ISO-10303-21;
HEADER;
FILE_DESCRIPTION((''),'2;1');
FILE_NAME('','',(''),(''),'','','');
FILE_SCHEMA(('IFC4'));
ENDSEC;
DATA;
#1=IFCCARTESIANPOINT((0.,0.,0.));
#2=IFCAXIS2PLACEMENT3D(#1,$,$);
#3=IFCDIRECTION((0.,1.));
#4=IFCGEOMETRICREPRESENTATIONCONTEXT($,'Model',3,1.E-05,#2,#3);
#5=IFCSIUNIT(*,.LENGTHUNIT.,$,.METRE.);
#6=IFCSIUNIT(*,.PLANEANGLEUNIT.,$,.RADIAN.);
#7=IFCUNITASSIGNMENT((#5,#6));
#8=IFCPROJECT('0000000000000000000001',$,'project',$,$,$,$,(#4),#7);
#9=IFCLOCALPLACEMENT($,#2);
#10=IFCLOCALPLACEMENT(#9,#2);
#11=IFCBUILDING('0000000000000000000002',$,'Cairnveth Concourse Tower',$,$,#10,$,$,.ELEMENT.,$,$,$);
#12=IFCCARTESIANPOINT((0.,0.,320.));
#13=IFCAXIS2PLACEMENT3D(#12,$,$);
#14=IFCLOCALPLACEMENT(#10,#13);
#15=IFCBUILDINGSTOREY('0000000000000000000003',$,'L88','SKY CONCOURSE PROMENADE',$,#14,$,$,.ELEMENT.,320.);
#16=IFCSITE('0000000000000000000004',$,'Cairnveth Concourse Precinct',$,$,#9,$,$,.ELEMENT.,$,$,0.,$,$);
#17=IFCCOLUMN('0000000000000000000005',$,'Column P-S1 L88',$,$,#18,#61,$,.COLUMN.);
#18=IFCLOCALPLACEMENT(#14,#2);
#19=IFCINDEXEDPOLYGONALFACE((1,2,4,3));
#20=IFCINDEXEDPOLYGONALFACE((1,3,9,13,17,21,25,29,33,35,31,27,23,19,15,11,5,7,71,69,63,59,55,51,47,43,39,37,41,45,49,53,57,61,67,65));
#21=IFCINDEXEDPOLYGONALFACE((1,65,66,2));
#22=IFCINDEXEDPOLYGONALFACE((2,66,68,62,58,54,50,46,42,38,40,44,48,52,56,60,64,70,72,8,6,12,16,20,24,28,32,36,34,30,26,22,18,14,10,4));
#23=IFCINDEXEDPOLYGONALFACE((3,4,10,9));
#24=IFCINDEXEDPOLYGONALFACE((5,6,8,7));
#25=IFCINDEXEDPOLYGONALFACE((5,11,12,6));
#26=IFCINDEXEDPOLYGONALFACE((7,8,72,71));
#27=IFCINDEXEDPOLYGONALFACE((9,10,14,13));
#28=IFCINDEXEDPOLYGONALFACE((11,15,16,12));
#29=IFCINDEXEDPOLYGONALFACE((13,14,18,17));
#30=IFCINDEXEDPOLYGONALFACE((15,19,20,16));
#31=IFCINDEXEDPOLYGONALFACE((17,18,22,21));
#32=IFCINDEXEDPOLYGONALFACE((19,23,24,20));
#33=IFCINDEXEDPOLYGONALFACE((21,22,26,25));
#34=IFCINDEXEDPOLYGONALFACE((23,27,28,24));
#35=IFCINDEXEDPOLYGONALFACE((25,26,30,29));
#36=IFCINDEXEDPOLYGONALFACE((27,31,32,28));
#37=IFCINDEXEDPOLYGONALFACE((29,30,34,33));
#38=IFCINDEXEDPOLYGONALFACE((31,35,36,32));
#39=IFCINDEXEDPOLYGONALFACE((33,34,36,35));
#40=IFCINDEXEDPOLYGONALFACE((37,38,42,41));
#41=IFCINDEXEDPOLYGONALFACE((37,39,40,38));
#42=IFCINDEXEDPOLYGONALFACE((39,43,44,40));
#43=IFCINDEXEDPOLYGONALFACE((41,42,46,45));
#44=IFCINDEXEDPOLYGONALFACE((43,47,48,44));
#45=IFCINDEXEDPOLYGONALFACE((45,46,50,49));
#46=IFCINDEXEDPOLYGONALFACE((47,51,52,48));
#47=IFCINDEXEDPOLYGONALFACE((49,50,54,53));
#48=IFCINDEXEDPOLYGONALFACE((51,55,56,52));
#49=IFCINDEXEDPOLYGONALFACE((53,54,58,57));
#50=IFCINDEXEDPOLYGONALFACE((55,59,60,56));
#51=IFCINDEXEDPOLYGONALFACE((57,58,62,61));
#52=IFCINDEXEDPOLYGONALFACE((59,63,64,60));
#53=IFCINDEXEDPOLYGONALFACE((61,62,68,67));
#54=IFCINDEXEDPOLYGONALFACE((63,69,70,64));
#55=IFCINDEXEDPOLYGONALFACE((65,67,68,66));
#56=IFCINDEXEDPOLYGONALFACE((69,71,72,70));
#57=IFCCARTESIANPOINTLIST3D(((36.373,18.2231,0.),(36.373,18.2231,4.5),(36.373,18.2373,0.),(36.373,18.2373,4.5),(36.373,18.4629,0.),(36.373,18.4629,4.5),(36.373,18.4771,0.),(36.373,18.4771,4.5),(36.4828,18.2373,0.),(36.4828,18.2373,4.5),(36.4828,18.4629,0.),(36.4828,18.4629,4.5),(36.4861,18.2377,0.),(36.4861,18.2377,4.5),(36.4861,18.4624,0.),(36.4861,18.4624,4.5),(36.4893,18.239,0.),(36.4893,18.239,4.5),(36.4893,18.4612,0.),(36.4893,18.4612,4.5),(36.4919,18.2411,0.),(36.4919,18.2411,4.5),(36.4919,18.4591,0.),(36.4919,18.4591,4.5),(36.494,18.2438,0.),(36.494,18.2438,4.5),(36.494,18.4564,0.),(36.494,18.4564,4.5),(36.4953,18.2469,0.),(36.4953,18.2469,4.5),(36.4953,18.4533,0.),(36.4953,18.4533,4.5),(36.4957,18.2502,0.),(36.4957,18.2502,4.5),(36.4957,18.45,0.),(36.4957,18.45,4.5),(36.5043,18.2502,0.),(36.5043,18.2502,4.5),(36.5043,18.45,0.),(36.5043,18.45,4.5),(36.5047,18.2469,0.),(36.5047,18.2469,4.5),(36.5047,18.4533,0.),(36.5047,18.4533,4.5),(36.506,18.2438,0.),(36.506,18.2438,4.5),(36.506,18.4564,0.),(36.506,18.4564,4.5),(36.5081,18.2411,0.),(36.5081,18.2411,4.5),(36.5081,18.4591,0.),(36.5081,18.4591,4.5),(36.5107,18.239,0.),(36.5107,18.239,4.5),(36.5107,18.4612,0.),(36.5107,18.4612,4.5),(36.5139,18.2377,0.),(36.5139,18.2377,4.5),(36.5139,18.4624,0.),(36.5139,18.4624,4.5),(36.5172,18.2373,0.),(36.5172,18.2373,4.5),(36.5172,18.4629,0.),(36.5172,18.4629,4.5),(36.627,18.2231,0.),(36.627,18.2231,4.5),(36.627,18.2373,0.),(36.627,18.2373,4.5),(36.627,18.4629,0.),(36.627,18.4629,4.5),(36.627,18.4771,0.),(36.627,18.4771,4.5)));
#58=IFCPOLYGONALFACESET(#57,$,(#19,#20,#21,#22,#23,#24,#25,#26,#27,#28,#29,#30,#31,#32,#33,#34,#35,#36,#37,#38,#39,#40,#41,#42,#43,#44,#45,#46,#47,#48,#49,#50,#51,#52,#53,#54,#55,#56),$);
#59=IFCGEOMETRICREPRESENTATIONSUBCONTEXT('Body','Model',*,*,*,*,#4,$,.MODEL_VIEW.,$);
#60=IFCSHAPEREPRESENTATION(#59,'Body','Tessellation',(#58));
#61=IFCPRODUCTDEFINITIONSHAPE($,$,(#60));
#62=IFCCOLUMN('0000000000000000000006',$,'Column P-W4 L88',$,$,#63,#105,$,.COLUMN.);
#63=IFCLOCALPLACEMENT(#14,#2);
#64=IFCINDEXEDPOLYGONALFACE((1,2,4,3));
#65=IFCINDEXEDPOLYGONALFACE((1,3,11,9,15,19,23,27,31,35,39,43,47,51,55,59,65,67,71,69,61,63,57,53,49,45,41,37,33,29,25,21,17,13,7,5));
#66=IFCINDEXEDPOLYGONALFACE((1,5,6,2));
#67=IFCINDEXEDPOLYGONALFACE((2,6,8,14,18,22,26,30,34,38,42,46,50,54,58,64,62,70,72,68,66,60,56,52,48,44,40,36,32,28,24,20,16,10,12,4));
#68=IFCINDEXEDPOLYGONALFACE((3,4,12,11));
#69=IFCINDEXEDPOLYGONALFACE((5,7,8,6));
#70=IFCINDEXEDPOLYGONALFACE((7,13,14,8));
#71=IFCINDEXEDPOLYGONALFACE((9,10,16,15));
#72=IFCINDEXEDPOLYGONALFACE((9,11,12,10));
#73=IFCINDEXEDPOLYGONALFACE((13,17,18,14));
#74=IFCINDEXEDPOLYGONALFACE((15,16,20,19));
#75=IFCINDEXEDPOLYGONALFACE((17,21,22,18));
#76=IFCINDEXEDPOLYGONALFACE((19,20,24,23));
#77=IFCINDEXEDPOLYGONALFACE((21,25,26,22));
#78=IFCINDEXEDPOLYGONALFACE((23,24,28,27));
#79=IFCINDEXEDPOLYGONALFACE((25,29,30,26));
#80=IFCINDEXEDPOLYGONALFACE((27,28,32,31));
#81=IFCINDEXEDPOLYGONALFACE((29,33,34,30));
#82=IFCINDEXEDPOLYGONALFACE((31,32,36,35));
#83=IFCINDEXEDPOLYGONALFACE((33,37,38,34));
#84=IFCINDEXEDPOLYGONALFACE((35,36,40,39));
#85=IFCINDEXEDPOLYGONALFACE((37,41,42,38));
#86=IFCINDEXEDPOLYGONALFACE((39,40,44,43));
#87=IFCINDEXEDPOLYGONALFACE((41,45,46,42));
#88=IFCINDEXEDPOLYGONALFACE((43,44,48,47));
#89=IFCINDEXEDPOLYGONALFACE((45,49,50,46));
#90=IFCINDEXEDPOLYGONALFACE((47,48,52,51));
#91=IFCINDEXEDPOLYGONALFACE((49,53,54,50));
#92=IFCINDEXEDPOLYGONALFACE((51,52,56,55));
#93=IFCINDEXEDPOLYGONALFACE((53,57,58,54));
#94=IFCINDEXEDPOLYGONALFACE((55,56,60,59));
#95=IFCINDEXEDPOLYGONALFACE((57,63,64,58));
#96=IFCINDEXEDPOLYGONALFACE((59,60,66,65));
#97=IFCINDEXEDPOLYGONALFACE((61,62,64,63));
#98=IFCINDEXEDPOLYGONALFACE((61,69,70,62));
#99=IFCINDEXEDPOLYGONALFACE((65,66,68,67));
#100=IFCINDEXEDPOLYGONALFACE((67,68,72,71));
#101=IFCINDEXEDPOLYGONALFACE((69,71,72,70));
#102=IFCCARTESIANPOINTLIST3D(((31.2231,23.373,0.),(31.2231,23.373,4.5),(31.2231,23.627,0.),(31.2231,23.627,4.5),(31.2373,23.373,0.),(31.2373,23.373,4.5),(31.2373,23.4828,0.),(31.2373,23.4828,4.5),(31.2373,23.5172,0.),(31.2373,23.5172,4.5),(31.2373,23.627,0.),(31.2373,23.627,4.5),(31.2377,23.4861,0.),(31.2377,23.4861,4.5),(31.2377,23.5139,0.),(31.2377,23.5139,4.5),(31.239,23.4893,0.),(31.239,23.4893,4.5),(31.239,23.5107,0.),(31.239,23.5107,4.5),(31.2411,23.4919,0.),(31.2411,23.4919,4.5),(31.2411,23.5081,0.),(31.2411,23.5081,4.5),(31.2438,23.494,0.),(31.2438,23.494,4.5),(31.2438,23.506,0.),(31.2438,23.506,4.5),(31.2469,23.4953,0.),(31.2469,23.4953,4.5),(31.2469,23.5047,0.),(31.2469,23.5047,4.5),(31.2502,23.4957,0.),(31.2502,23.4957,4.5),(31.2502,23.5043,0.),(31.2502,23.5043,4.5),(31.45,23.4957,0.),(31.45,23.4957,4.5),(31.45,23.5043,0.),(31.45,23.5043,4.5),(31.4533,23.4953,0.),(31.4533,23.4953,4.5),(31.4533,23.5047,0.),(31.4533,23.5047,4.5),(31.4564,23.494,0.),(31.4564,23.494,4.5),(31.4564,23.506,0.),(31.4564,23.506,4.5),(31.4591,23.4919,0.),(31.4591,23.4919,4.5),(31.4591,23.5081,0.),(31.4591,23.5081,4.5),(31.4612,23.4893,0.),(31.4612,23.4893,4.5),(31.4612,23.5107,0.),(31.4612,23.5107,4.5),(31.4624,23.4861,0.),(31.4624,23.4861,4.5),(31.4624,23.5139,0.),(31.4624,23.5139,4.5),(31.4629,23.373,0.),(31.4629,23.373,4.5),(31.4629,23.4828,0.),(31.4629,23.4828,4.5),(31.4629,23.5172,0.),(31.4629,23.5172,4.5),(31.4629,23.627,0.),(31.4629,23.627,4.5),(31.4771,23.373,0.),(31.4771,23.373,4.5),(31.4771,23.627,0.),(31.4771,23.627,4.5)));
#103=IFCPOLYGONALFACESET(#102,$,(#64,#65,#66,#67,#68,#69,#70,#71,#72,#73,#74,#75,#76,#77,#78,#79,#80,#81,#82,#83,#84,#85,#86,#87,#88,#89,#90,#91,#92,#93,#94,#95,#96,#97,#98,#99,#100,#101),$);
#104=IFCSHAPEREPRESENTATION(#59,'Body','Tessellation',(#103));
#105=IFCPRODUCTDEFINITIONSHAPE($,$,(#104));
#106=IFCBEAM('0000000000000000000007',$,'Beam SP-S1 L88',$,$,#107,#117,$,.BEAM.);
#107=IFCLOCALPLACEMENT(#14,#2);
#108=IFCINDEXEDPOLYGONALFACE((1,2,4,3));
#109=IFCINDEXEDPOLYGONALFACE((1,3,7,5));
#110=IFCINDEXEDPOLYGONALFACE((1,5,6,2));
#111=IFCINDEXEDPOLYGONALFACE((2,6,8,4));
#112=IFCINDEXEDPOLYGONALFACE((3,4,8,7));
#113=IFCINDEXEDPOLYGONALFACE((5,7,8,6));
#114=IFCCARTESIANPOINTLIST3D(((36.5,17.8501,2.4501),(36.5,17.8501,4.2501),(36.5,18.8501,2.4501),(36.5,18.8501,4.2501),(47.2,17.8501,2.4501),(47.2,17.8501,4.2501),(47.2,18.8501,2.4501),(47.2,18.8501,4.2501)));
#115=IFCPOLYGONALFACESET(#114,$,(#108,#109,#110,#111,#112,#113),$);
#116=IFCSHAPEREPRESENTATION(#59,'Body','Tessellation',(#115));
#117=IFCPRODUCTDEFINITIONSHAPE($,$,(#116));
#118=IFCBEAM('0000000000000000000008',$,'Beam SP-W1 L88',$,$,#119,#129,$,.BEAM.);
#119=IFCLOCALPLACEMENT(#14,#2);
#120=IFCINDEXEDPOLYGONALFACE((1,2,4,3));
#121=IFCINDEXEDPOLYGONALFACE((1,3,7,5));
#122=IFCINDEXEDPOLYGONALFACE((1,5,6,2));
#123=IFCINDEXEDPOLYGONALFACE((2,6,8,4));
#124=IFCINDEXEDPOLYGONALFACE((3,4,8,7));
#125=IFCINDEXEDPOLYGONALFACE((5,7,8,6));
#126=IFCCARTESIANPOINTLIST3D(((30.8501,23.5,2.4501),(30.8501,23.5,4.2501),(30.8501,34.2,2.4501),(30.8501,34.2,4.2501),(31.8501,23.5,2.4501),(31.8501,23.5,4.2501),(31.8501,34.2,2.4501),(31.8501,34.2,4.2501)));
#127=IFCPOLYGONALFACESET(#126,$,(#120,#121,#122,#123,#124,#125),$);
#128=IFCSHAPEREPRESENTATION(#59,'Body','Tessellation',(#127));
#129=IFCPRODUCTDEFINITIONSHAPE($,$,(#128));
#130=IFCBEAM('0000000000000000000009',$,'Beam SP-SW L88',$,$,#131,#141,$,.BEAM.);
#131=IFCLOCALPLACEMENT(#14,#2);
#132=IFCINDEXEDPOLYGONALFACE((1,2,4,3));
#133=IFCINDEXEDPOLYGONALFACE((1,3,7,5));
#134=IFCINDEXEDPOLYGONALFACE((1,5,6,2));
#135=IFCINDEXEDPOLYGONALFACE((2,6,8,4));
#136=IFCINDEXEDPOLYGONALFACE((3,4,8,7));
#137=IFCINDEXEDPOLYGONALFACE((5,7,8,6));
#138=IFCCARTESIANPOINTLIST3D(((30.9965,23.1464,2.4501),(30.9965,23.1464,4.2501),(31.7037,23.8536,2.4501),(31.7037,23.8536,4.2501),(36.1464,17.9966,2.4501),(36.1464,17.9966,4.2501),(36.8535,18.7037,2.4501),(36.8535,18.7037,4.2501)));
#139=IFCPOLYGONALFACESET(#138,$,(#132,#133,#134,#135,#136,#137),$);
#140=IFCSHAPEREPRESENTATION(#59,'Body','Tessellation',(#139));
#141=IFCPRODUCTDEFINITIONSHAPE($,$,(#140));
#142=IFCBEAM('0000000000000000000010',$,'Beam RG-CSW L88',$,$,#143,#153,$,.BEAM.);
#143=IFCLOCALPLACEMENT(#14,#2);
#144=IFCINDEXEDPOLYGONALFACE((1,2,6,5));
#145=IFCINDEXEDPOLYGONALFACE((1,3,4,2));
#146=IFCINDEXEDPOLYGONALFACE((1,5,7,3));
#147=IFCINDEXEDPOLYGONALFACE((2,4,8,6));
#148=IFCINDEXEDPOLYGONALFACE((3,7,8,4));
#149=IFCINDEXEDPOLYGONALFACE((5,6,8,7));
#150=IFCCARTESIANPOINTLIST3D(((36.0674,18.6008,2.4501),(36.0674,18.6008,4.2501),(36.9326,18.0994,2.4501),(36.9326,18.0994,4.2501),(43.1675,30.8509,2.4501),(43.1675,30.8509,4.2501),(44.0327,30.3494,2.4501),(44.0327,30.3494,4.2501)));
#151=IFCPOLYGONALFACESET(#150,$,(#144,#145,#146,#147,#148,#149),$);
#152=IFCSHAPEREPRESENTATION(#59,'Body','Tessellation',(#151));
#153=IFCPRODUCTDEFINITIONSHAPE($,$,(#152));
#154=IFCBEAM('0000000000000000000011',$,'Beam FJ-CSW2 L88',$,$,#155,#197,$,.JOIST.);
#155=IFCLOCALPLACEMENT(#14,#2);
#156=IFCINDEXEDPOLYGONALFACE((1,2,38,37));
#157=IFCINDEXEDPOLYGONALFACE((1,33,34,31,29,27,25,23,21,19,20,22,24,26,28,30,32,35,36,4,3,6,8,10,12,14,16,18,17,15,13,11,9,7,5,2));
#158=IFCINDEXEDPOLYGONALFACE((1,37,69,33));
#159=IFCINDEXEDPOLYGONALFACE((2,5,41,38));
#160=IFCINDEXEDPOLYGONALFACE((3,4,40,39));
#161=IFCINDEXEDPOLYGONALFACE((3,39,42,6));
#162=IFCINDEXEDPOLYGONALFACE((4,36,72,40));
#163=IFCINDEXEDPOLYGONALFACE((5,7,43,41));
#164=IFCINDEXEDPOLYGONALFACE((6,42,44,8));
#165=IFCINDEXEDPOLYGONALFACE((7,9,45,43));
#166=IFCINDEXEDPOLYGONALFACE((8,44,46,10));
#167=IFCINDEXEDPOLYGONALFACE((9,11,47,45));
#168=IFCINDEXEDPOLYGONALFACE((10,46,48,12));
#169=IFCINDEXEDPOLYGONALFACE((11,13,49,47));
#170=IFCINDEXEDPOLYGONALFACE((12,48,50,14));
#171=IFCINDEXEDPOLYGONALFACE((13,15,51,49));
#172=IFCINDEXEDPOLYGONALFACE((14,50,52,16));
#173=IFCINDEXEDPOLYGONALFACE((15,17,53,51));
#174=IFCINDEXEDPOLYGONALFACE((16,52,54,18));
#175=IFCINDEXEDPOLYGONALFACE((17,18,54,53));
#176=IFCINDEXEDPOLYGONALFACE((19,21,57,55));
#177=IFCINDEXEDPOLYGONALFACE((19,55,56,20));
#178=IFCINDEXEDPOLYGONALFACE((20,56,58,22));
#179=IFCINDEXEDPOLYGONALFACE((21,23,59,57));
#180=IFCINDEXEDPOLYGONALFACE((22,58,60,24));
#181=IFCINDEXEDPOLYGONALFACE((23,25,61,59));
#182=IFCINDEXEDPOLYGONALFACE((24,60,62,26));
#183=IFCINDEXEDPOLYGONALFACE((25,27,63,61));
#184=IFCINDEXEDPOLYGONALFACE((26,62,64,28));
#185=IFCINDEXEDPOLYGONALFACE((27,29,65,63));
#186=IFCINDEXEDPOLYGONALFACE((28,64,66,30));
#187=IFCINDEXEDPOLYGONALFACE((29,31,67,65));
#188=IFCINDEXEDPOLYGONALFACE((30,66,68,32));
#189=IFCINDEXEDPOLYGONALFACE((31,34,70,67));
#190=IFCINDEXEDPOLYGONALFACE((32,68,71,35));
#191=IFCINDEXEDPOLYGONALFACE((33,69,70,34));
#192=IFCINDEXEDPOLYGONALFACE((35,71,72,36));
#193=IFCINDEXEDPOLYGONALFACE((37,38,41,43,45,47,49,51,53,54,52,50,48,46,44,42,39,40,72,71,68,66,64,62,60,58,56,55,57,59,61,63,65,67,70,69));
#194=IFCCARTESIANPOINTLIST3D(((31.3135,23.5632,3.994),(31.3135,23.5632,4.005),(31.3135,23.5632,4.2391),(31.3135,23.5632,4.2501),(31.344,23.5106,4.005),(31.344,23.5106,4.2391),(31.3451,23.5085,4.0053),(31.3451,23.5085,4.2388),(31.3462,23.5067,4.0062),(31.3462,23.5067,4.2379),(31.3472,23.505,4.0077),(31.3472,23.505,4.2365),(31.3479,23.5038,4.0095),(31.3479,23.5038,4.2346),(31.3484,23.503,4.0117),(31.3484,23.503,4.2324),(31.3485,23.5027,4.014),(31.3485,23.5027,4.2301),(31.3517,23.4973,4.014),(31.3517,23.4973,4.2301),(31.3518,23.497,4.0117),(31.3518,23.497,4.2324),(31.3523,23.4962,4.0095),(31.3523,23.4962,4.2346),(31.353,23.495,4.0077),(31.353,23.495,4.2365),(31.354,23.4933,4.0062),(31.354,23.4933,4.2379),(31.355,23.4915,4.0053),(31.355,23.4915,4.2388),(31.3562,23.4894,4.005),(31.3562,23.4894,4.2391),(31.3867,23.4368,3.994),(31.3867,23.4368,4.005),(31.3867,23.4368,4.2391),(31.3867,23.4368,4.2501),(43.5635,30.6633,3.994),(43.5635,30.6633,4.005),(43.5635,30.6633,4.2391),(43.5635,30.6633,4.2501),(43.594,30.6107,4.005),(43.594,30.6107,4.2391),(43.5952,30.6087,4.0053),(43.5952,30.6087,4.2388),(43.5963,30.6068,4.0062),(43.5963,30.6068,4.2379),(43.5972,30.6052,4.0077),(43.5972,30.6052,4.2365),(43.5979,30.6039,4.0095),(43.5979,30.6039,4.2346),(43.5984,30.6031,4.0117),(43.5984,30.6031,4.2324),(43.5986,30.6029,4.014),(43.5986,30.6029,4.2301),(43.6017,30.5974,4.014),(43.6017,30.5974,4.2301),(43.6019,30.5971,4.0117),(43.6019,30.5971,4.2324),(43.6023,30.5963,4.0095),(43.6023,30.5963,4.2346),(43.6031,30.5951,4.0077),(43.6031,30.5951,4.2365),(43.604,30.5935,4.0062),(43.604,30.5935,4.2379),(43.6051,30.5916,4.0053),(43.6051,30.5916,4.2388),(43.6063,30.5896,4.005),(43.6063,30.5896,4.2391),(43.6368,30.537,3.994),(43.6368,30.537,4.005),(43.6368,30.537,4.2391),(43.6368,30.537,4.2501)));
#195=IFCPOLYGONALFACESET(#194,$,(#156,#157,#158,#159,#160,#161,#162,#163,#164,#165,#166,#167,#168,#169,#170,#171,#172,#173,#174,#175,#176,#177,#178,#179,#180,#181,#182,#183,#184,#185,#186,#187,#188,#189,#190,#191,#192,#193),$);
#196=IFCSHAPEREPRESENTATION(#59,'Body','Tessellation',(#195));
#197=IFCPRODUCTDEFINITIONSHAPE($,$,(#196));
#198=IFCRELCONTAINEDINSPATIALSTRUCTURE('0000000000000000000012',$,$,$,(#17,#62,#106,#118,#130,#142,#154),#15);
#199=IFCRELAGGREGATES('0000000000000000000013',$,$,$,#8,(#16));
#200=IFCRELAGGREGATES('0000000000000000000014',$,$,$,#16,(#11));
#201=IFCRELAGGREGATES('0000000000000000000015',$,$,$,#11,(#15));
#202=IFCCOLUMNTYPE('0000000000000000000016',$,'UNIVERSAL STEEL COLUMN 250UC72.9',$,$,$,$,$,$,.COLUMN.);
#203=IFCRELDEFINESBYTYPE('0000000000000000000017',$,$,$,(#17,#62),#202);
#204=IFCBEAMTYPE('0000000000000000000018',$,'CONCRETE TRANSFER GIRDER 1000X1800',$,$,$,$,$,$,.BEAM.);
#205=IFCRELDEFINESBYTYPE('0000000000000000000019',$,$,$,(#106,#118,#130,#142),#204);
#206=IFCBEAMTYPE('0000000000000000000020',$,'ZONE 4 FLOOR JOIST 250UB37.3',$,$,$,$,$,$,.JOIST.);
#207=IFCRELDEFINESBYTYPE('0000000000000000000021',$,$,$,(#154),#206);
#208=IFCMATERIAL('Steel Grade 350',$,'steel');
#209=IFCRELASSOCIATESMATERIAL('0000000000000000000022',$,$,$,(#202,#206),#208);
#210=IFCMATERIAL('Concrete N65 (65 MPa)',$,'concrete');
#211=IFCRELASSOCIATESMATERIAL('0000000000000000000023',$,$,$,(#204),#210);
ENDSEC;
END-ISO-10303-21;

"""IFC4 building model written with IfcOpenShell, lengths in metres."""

from ifc_helpers import new_model, si_unit, direction, frame, origin, origin_2d, place, context, subcontext, project, spatial, rectangle, i_section, extrude, material, material_profile, profile_set, type_object, element, save


model = new_model("IFC4")

# Units and contexts
model_context = context("Model", 3, precision=1e-05, world=origin(), true_north=direction((0.0, 1.0)))
body_context = subcontext(model_context, "Body", "Model", "MODEL_VIEW")
ifc_project = project(units=[si_unit("LENGTHUNIT", "METRE"), si_unit("PLANEANGLEUNIT", "RADIAN")], contexts=[model_context])

# Site, building, storey
site_placement = place(None, origin())
site = spatial("IfcSite", under=ifc_project, at=site_placement, Name="Cairnveth Concourse Precinct", CompositionType="ELEMENT", RefElevation=0.0)
building_placement = place(site_placement, origin())
building = spatial("IfcBuilding", under=site, at=building_placement, Name="Cairnveth Concourse Tower", CompositionType="ELEMENT")
storey_placement = place(building_placement, frame((0.0, 0.0, 320.0)))
storey = spatial("IfcBuildingStorey", under=building, at=storey_placement, Name="L88", Description="SKY CONCOURSE PROMENADE", CompositionType="ELEMENT", Elevation=320.0)

# Columns
ifc_material_1 = material(Name="Steel Grade 350", Category="steel")
ifc_material_profile_1 = material_profile(ifc_material_1, i_section(OverallWidth=0.2539, OverallDepth=0.2539, WebThickness=0.0085, FlangeThickness=0.0142, FilletRadius=0.0129, at=origin_2d()), Name="250UC72.9")
ifc_profile_set_1 = profile_set([ifc_material_profile_1], Name="Steel Grade 350")
column_type = type_object("IfcColumnType", Name="UNIVERSAL STEEL COLUMN 250UC72.9", PredefinedType="COLUMN", material=ifc_profile_set_1)
for number, where, z_axis, x_axis, name in (
    (1, (36.5, 18.3501, 0.0), (0.0, 0.0, 1.0), (1.0, 0.0, 0.0), "Column P-S1 L88"),
    (2, (31.3501, 23.5, 0.0), (0.0, 0.0, 1.0), (0.0, 1.0, 0.0), "Column P-W4 L88"),
):
    element("IfcColumn", number, at=place(storey_placement, frame(where, z_axis=z_axis, x_axis=x_axis)), inside=storey, type_object=column_type, Name=name, PredefinedType="COLUMN", context=body_context, shape_type="SweptSolid", body=[
        extrude(i_section(OverallWidth=0.2539, OverallDepth=0.2539, WebThickness=0.0085, FlangeThickness=0.0142, FilletRadius=0.0129, at=origin_2d()), origin(), (0.0, 0.0, 1.0), 4.5),
    ])

# Beams
ifc_material_2 = material(Name="Concrete N65 (65 MPa)", Category="concrete")
ifc_material_profile_2 = material_profile(ifc_material_2, rectangle(XDim=1.0, YDim=1.8, at=origin_2d()), Name="RC-TB-1000x1800")
ifc_profile_set_2 = profile_set([ifc_material_profile_2], Name="Concrete N65 (65 MPa)")
beam_type_1 = type_object("IfcBeamType", Name="CONCRETE TRANSFER GIRDER 1000X1800", PredefinedType="BEAM", material=ifc_profile_set_2)
for number, where, z_axis, x_axis, name in (
    (3, (36.5, 18.3501, 3.3501), (1.0, 0.0, 0.0), (0.0, 1.0, 0.0), "Beam SP-S1 L88"),
    (4, (31.3501, 23.5, 3.3501), (0.0, 1.0, 0.0), (-1.0, 0.0, 0.0), "Beam SP-W1 L88"),
):
    element("IfcBeam", number, at=place(storey_placement, frame(where, z_axis=z_axis, x_axis=x_axis)), inside=storey, type_object=beam_type_1, Name=name, PredefinedType="BEAM", context=body_context, shape_type="SweptSolid", body=[
        extrude(rectangle(XDim=1.0, YDim=1.8, at=origin_2d()), origin(), (0.0, 0.0, 1.0), 10.7),
    ])
beam_1_placement = place(storey_placement, frame((31.3501, 23.5, 3.3501), z_axis=(0.707107, -0.707107, 0.0), x_axis=(0.707107, 0.707107, 0.0)))
element("IfcBeam", 5, at=beam_1_placement, inside=storey, type_object=beam_type_1, Name="Beam SP-SW L88", PredefinedType="BEAM", context=body_context, shape_type="SweptSolid", body=[
    extrude(rectangle(XDim=1.0, YDim=1.8, at=origin_2d()), origin(), (0.0, 0.0, 1.0), 7.283),
])
beam_2_placement = place(storey_placement, frame((36.5, 18.3501, 3.3501), z_axis=(0.501459, 0.865181, 0.0), x_axis=(-0.865181, 0.501459, 0.0)))
element("IfcBeam", 6, at=beam_2_placement, inside=storey, type_object=beam_type_1, Name="Beam RG-CSW L88", PredefinedType="BEAM", context=body_context, shape_type="SweptSolid", body=[
    extrude(rectangle(XDim=1.0, YDim=1.8, at=origin_2d()), origin(), (0.0, 0.0, 1.0), 14.1589),
])
ifc_material_profile_3 = material_profile(ifc_material_1, i_section(OverallWidth=0.146, OverallDepth=0.2561, WebThickness=0.0063, FlangeThickness=0.011, FilletRadius=0.009, at=origin_2d()), Name="250UB37.3")
ifc_profile_set_3 = profile_set([ifc_material_profile_3], Name="Steel Grade 350")
beam_type_2 = type_object("IfcBeamType", Name="ZONE 4 FLOOR JOIST 250UB37.3", PredefinedType="JOIST", material=ifc_profile_set_3)
beam_3_placement = place(storey_placement, frame((31.3501, 23.5, 4.1221), z_axis=(0.865181, 0.501459, 0.0), x_axis=(-0.501459, 0.865181, 0.0)))
element("IfcBeam", 7, at=beam_3_placement, inside=storey, type_object=beam_type_2, Name="Beam FJ-CSW2 L88", PredefinedType="JOIST", context=body_context, shape_type="SweptSolid", body=[
    extrude(i_section(OverallWidth=0.146, OverallDepth=0.2561, WebThickness=0.0063, FlangeThickness=0.011, FilletRadius=0.009, at=origin_2d()), origin(), (0.0, 0.0, 1.0), 14.1589),
])

save(model, "model.ifc")
